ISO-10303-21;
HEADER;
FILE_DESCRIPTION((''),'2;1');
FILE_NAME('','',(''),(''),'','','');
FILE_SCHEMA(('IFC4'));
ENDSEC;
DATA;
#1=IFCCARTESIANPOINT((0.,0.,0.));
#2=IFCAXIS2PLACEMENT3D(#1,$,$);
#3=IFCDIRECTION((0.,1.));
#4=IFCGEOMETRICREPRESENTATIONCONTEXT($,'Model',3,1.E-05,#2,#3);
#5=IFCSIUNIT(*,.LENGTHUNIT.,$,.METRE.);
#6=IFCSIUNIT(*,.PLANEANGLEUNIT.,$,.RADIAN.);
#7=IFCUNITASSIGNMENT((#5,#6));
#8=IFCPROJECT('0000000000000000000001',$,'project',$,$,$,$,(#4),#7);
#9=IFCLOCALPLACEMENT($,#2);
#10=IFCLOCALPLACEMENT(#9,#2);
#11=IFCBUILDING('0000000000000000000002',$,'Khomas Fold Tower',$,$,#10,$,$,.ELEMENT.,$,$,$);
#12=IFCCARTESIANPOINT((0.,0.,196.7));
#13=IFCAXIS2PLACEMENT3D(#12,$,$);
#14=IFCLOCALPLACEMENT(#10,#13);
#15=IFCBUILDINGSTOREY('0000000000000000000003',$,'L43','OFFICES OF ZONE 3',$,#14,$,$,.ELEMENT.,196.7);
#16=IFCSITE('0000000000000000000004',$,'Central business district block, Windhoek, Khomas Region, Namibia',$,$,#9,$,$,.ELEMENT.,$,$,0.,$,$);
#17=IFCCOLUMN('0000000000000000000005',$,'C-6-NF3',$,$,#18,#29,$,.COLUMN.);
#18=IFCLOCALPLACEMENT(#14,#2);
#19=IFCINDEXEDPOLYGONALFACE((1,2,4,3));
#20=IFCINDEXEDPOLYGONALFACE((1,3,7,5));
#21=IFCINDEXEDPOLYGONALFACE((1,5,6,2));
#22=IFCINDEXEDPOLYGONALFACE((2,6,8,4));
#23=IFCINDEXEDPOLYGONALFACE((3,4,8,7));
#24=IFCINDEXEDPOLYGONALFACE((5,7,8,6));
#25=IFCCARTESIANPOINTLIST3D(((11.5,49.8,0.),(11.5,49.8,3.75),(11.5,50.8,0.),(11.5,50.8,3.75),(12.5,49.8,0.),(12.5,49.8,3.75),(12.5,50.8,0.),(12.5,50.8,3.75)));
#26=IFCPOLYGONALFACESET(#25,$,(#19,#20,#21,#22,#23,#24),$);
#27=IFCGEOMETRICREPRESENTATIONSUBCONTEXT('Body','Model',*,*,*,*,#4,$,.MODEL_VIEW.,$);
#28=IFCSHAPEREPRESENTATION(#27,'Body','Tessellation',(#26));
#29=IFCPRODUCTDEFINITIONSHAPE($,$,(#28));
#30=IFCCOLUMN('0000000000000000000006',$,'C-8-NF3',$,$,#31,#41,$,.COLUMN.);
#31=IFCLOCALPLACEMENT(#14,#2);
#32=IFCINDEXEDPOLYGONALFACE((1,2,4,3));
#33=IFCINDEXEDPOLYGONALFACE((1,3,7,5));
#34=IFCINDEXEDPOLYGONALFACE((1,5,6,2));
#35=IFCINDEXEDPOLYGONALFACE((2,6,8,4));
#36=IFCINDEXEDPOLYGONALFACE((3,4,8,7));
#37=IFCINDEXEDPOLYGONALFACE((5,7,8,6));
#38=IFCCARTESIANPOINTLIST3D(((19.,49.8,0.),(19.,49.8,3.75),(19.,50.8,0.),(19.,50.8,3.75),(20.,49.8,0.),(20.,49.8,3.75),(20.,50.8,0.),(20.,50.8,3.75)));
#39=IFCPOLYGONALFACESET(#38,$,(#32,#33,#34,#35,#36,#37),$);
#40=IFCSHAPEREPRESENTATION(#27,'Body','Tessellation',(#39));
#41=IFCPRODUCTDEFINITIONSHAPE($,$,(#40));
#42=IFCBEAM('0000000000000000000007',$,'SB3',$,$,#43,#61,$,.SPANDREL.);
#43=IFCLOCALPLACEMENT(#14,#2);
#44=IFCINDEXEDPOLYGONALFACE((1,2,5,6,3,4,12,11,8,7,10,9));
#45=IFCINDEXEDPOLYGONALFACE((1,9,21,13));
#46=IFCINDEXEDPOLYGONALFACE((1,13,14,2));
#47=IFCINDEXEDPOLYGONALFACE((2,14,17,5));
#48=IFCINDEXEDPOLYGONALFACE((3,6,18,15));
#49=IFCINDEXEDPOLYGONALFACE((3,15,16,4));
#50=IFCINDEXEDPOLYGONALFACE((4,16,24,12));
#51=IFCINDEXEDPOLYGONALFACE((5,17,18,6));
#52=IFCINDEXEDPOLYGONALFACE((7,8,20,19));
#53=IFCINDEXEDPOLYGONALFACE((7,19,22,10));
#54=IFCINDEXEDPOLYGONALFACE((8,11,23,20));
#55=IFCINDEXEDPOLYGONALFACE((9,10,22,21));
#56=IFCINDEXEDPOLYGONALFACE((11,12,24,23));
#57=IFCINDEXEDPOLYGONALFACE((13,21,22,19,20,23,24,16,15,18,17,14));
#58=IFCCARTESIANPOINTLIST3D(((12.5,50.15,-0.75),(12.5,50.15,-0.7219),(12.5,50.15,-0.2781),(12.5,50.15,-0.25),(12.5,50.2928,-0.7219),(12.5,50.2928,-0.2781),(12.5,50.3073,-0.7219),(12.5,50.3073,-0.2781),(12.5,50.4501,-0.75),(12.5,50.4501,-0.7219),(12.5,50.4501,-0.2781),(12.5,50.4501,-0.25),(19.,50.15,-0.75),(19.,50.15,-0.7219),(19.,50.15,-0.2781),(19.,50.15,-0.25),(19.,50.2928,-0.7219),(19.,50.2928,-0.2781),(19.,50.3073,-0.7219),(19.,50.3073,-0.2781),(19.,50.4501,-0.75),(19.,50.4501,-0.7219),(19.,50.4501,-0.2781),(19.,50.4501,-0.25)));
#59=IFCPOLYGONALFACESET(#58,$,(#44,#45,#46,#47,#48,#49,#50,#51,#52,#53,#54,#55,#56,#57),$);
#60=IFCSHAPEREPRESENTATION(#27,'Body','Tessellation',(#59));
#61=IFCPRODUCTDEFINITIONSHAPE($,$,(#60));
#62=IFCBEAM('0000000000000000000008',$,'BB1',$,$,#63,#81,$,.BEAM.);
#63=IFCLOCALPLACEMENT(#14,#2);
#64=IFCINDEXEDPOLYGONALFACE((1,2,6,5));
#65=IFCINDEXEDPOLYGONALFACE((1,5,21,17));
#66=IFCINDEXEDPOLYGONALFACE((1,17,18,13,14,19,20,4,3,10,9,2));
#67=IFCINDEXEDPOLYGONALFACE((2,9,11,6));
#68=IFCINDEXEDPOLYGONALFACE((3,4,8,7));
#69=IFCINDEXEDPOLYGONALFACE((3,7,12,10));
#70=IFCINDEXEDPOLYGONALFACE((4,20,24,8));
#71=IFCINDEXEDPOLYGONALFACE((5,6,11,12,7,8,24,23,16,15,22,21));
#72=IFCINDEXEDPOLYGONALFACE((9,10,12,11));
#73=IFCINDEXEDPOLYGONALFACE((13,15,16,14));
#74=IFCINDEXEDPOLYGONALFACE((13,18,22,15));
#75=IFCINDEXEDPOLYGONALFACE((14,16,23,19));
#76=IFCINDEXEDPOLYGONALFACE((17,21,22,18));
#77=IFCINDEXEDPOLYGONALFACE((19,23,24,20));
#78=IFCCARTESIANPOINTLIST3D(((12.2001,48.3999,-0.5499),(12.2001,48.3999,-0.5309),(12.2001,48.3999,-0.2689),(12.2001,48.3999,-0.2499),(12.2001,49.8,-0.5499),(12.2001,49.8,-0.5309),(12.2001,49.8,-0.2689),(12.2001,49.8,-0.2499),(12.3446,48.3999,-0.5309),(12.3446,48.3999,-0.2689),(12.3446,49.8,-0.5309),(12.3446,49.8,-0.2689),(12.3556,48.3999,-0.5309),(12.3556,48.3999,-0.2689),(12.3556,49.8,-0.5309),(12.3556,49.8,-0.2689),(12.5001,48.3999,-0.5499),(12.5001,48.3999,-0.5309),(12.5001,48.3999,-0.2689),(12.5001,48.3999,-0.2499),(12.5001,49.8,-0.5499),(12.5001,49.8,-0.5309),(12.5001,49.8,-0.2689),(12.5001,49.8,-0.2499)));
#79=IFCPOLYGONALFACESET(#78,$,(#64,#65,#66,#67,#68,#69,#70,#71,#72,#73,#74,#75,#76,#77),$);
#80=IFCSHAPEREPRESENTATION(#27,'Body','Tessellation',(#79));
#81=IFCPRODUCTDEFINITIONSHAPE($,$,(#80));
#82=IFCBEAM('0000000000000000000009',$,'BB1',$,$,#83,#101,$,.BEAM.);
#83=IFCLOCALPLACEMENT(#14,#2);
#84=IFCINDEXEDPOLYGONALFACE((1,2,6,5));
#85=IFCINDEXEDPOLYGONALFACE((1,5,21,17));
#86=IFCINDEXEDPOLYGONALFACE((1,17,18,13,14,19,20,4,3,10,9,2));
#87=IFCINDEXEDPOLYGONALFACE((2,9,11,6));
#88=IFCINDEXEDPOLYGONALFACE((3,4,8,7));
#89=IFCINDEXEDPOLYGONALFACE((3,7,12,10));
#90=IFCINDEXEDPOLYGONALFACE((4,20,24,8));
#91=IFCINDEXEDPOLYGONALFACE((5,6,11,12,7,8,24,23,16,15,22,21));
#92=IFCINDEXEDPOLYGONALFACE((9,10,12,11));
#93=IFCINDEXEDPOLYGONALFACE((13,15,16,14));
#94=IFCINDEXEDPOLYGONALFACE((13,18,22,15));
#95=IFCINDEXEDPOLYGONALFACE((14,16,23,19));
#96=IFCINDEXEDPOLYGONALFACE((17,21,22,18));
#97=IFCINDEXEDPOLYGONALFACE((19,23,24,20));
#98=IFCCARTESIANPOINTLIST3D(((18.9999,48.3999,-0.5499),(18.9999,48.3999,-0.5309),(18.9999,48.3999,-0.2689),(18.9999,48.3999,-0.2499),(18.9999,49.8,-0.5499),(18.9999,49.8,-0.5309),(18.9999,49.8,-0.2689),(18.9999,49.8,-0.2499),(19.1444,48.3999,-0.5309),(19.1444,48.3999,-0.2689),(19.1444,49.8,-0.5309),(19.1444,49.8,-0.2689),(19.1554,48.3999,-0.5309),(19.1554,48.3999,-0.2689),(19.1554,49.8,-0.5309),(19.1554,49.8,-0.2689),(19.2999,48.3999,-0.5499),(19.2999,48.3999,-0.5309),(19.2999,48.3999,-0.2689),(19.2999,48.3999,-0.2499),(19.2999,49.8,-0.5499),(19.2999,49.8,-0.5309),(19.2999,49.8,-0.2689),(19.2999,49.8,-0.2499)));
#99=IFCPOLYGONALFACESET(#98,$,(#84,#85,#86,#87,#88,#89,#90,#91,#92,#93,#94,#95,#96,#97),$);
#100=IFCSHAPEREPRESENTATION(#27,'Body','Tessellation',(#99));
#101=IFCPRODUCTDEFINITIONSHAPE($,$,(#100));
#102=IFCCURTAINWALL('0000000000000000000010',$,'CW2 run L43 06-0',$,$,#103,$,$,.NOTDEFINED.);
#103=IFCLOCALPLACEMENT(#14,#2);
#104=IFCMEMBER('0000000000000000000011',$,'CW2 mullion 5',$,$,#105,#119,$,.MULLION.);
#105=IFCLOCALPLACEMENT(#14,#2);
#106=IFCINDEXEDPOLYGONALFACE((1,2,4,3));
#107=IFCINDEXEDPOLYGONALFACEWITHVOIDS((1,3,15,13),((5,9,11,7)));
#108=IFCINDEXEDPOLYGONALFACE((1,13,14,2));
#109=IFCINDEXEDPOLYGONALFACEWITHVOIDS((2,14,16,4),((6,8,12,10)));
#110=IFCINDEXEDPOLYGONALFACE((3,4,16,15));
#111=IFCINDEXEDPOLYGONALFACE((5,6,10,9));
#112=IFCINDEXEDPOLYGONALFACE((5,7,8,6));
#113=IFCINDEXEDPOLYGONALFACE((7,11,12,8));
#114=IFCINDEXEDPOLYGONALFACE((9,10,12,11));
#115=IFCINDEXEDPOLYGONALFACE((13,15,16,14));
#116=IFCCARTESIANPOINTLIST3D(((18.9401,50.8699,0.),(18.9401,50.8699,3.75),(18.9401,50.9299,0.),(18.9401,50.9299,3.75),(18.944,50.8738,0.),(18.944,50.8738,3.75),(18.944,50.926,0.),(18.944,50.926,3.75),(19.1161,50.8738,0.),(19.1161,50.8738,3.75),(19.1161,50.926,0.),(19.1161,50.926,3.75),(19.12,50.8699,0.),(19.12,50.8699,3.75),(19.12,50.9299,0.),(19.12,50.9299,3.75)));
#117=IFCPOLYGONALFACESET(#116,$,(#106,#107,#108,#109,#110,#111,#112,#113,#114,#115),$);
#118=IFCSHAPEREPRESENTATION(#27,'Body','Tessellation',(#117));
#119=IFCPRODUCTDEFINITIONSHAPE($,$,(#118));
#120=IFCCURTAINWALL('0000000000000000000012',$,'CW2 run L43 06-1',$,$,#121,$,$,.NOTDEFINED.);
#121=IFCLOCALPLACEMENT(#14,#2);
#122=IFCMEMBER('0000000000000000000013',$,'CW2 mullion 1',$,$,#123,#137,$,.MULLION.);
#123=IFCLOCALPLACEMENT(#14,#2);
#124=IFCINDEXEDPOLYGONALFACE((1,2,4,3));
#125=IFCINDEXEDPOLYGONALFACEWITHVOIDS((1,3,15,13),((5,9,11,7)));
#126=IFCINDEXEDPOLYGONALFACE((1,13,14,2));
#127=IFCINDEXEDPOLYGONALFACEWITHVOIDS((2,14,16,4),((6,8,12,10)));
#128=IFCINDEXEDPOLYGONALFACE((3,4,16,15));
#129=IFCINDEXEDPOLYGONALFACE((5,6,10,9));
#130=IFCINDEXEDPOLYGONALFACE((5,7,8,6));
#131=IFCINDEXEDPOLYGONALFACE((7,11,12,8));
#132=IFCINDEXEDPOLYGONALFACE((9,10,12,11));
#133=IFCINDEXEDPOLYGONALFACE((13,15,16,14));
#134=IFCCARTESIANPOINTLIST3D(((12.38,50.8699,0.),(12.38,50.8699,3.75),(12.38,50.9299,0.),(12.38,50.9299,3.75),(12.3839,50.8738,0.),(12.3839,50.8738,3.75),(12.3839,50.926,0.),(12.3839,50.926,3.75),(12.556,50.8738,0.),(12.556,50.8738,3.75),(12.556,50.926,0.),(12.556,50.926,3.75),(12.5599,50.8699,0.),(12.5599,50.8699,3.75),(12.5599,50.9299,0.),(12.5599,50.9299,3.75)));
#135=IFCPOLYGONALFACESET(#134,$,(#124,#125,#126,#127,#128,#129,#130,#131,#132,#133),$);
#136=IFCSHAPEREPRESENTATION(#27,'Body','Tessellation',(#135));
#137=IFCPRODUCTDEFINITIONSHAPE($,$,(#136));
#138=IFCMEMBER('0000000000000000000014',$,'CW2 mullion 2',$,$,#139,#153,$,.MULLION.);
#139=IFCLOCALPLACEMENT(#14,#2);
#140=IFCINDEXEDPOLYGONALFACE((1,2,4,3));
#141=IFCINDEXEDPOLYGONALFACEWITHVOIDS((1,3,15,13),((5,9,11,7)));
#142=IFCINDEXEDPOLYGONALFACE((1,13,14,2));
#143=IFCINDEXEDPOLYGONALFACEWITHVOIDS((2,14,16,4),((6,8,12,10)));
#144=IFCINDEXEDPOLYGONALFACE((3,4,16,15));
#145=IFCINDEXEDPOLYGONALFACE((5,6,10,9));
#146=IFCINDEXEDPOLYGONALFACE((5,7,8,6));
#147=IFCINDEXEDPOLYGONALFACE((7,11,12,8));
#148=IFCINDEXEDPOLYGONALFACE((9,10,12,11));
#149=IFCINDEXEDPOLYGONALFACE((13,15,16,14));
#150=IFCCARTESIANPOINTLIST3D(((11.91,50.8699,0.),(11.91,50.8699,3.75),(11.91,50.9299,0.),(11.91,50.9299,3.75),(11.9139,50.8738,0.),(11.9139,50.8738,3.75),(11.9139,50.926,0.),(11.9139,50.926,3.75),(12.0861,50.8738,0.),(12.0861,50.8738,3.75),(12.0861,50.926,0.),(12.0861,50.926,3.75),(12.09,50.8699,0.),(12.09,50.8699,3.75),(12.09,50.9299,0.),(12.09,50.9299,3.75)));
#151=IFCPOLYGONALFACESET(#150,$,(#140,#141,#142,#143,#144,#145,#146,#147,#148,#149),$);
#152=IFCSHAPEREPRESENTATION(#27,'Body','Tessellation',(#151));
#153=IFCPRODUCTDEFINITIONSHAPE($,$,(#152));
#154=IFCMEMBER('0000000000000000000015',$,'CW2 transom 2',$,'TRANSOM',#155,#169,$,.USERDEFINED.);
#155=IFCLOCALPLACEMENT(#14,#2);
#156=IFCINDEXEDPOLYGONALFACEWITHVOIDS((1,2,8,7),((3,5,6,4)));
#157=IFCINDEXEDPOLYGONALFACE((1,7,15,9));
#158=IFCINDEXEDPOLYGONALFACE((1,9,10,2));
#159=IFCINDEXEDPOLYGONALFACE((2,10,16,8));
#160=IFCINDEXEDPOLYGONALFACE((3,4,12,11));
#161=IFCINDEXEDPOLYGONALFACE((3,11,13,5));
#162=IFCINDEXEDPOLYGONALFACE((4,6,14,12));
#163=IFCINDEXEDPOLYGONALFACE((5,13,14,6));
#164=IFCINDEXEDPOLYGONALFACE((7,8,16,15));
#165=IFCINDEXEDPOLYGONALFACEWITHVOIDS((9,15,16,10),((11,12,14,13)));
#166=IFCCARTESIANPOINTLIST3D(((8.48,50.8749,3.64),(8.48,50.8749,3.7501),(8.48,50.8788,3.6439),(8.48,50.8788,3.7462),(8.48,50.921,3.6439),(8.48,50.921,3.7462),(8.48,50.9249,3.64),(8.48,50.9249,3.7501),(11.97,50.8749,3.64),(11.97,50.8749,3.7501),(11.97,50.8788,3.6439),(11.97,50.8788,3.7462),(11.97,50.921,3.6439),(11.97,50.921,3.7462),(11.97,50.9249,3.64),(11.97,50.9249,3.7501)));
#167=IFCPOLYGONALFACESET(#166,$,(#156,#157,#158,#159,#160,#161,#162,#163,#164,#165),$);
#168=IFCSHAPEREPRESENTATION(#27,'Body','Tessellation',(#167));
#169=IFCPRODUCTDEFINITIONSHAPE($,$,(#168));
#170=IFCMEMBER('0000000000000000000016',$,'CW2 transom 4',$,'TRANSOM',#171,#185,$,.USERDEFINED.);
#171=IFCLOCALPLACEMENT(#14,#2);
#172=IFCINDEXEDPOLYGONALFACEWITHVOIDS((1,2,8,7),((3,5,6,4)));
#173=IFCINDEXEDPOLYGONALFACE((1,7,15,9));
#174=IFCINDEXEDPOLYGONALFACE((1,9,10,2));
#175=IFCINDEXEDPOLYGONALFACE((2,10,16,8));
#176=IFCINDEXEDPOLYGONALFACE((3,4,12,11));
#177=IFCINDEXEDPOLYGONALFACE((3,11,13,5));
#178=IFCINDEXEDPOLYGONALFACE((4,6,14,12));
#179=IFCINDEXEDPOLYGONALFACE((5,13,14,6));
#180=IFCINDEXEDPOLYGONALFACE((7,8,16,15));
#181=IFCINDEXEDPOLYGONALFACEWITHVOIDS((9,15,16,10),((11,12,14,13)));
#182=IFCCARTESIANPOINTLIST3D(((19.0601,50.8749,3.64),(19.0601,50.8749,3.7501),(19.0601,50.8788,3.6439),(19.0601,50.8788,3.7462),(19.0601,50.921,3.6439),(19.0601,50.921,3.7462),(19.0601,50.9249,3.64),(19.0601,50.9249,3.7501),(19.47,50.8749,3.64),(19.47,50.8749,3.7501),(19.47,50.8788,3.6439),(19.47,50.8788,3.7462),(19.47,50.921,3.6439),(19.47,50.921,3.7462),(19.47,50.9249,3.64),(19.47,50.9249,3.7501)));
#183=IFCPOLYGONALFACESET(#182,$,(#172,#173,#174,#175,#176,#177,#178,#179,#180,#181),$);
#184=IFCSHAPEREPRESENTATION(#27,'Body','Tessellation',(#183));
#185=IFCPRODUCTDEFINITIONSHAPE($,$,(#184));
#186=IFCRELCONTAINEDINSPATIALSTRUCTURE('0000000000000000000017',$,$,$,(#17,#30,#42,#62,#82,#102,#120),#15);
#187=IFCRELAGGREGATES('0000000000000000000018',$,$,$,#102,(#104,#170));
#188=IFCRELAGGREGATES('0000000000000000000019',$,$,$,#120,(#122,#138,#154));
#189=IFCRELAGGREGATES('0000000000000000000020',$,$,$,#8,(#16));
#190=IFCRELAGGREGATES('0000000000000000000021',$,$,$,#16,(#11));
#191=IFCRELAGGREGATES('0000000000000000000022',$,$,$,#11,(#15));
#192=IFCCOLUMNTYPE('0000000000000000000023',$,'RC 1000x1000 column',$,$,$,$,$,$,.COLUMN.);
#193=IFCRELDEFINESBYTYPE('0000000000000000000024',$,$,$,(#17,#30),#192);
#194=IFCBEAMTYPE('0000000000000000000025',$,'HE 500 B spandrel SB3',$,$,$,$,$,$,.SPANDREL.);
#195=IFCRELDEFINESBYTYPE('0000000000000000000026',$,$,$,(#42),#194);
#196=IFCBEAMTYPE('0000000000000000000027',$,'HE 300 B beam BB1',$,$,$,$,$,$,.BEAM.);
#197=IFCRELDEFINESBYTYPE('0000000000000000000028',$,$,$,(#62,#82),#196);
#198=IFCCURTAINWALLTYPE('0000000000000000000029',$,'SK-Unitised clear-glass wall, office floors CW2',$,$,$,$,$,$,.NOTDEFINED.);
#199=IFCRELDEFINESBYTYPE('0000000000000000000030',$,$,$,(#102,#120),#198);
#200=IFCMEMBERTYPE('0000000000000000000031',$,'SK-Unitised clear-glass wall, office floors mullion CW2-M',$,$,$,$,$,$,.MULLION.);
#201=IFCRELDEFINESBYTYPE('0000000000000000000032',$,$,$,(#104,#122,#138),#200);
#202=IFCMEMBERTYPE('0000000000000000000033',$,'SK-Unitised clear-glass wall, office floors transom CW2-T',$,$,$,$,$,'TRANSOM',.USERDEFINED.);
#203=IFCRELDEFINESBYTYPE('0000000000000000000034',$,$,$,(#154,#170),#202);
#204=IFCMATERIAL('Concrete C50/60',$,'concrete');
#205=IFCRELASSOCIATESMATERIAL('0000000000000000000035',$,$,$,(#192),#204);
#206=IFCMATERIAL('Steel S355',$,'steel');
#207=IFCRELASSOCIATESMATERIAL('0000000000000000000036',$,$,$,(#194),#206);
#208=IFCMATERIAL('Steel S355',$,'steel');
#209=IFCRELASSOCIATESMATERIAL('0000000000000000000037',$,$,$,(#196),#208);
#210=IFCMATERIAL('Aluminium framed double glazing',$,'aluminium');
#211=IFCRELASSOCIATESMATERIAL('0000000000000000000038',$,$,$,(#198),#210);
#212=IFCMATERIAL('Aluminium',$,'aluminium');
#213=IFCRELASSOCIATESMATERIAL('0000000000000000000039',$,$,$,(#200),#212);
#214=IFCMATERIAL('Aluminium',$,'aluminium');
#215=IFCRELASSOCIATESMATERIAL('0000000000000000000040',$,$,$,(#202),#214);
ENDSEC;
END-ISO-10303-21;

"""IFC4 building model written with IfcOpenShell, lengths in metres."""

from ifc_helpers import new_model, si_unit, direction, frame, origin, origin_2d, place, context, subcontext, project, spatial, rectangle, hollow_rectangle, i_section, extrude, source, transform, mapped, material, material_profile, profile_set, type_object, element, aggregate, save


model = new_model("IFC4")

# Units and contexts
model_context = context("Model", 3, precision=1e-05, world=origin(), true_north=direction((0.0, 1.0)))
body_context = subcontext(model_context, "Body", "Model", "MODEL_VIEW")
ifc_project = project(units=[si_unit("LENGTHUNIT", "METRE"), si_unit("PLANEANGLEUNIT", "RADIAN")], contexts=[model_context])

# Site, building, storey
site_placement = place(None, origin())
site = spatial("IfcSite", under=ifc_project, at=site_placement, Name="Central business district block, Windhoek, Khomas Region, Namibia", CompositionType="ELEMENT", RefElevation=0.0)
building_placement = place(site_placement, origin())
building = spatial("IfcBuilding", under=site, at=building_placement, Name="Khomas Fold Tower", CompositionType="ELEMENT")
storey_placement = place(building_placement, frame((0.0, 0.0, 196.7)))
storey = spatial("IfcBuildingStorey", under=building, at=storey_placement, Name="L43", Description="OFFICES OF ZONE 3", CompositionType="ELEMENT", Elevation=196.7)

# Columns
ifc_material_1 = material(Name="Concrete C50/60", Category="concrete")
ifc_material_profile_1 = material_profile(ifc_material_1, rectangle(XDim=1.0, YDim=1.0, at=origin_2d()), Name="RC 1000x1000")
ifc_profile_set_1 = profile_set([ifc_material_profile_1], Name="Concrete C50/60")
column_type = type_object("IfcColumnType", Name="RC 1000x1000 column", PredefinedType="COLUMN", material=ifc_profile_set_1)
shared_shape_1 = source(origin(), body_context, "Body", "SweptSolid", [
    extrude(rectangle(XDim=1.0, YDim=1.0, at=origin_2d()), origin(), (0.0, 0.0, 1.0), 3.75),
])
for number, where, z_axis, x_axis, name in (
    (1, (12.0, 50.3, 0.0), (0.0, 0.0, 1.0), (1.0, 0.0, 0.0), "C-6-NF3"),
    (2, (19.5, 50.3, 0.0), (0.0, 0.0, 1.0), (1.0, 0.0, 0.0), "C-8-NF3"),
):
    element("IfcColumn", number, at=place(storey_placement, frame(where, z_axis=z_axis, x_axis=x_axis)), inside=storey, type_object=column_type, Name=name, PredefinedType="COLUMN", context=body_context, shape_type="MappedRepresentation", body=[
        mapped(shared_shape_1, transform((0.0, 0.0, 0.0))),
    ])

# Beams
ifc_material_2 = material(Name="Steel S355", Category="steel")
ifc_material_profile_2 = material_profile(ifc_material_2, i_section(OverallWidth=0.3, OverallDepth=0.5, WebThickness=0.0144, FlangeThickness=0.0281, at=origin_2d()), Name="HE 500 B")
ifc_profile_set_2 = profile_set([ifc_material_profile_2], Name="Steel S355")
beam_type_1 = type_object("IfcBeamType", Name="HE 500 B spandrel SB3", PredefinedType="SPANDREL", material=ifc_profile_set_2)
shared_shape_2 = source(origin(), body_context, "Body", "SweptSolid", [
    extrude(i_section(OverallWidth=0.3, OverallDepth=0.5, WebThickness=0.0144, FlangeThickness=0.0281, at=origin_2d()), origin(), (0.0, 0.0, 1.0), 6.5),
])
beam_placement = place(storey_placement, frame((12.5, 50.3, -0.5), z_axis=(1.0, 0.0, 0.0), x_axis=(0.0, 1.0, 0.0)))
element("IfcBeam", 3, at=beam_placement, inside=storey, type_object=beam_type_1, Name="SB3", PredefinedType="SPANDREL", context=body_context, shape_type="MappedRepresentation", body=[
    mapped(shared_shape_2, transform((0.0, 0.0, 0.0))),
])
ifc_material_3 = material(Name="Steel S355", Category="steel")
ifc_material_profile_3 = material_profile(ifc_material_3, i_section(OverallWidth=0.3, OverallDepth=0.3, WebThickness=0.011, FlangeThickness=0.019, at=origin_2d()), Name="HE 300 B")
ifc_profile_set_3 = profile_set([ifc_material_profile_3], Name="Steel S355")
beam_type_2 = type_object("IfcBeamType", Name="HE 300 B beam BB1", PredefinedType="BEAM", material=ifc_profile_set_3)
shared_shape_3 = source(origin(), body_context, "Body", "SweptSolid", [
    extrude(i_section(OverallWidth=0.3, OverallDepth=0.3, WebThickness=0.011, FlangeThickness=0.019, at=origin_2d()), origin(), (0.0, 0.0, 1.0), 1.4001),
])
for number, where, z_axis, x_axis, name in (
    (4, (12.3501, 48.3999, -0.3999), (0.0, 1.0, 0.0), (-1.0, 0.0, 0.0), "BB1"),
    (5, (19.1499, 48.3999, -0.3999), (0.0, 1.0, 0.0), (-1.0, 0.0, 0.0), "BB1"),
):
    element("IfcBeam", number, at=place(storey_placement, frame(where, z_axis=z_axis, x_axis=x_axis)), inside=storey, type_object=beam_type_2, Name=name, PredefinedType="BEAM", context=body_context, shape_type="MappedRepresentation", body=[
        mapped(shared_shape_3, transform((0.0, 0.0, 0.0))),
    ])

# Curtain wall, member
ifc_material_4 = material(Name="Aluminium framed double glazing", Category="aluminium")
curtain_wall_type = type_object("IfcCurtainWallType", Name="SK-Unitised clear-glass wall, office floors CW2", PredefinedType="NOTDEFINED", material=ifc_material_4)
curtain_wall_1_placement = place(storey_placement, origin())
curtain_wall_1 = element("IfcCurtainWall", 6, at=curtain_wall_1_placement, inside=storey, type_object=curtain_wall_type, Name="CW2 run L43 06-0", PredefinedType="NOTDEFINED")
ifc_material_5 = material(Name="Aluminium", Category="aluminium")
ifc_material_profile_4 = material_profile(ifc_material_5, hollow_rectangle(XDim=0.0601, YDim=0.1799, WallThickness=0.0039, at=origin_2d()), Name="SK-Unitised clear-glass wall, office floors mullion CW2-M")
ifc_profile_set_4 = profile_set([ifc_material_profile_4], Name="Aluminium")
member_type_1 = type_object("IfcMemberType", Name="SK-Unitised clear-glass wall, office floors mullion CW2-M", PredefinedType="MULLION", material=ifc_profile_set_4)
shared_shape_4 = source(origin(), body_context, "Body", "SweptSolid", [
    extrude(hollow_rectangle(XDim=0.0601, YDim=0.1799, WallThickness=0.0039, at=origin_2d()), origin(), (0.0, 0.0, 1.0), 3.75),
])
member_1_placement = place(storey_placement, frame((19.03, 50.8999, 0.0), z_axis=(0.0, 0.0, 1.0), x_axis=(0.0, -1.0, 0.0)))
member_1 = element("IfcMember", 7, at=member_1_placement, type_object=member_type_1, Name="CW2 mullion 5", PredefinedType="MULLION", context=body_context, shape_type="MappedRepresentation", body=[
    mapped(shared_shape_4, transform((0.0, 0.0, 0.0))),
])

# Curtain wall, members
curtain_wall_2_placement = place(storey_placement, origin())
curtain_wall_2 = element("IfcCurtainWall", 8, at=curtain_wall_2_placement, inside=storey, type_object=curtain_wall_type, Name="CW2 run L43 06-1", PredefinedType="NOTDEFINED")
member_2_placement = place(storey_placement, frame((12.47, 50.8999, 0.0), z_axis=(0.0, 0.0, 1.0), x_axis=(0.0, -1.0, 0.0)))
member_2 = element("IfcMember", 9, at=member_2_placement, type_object=member_type_1, Name="CW2 mullion 1", PredefinedType="MULLION", context=body_context, shape_type="MappedRepresentation", body=[
    mapped(shared_shape_4, transform((0.0, 0.0, 0.0))),
])
member_3_placement = place(storey_placement, frame((12.0, 50.8999, 0.0), z_axis=(0.0, 0.0, 1.0), x_axis=(0.0, -1.0, 0.0)))
member_3 = element("IfcMember", 10, at=member_3_placement, type_object=member_type_1, Name="CW2 mullion 2", PredefinedType="MULLION", context=body_context, shape_type="MappedRepresentation", body=[
    mapped(shared_shape_4, transform((0.0, 0.0, 0.0))),
])
ifc_material_6 = material(Name="Aluminium", Category="aluminium")
ifc_material_profile_5 = material_profile(ifc_material_6, hollow_rectangle(XDim=0.05, YDim=0.1101, WallThickness=0.0039, at=origin_2d()), Name="SK-Unitised clear-glass wall, office floors transom CW2-T")
ifc_profile_set_5 = profile_set([ifc_material_profile_5], Name="Aluminium")
member_type_2 = type_object("IfcMemberType", Name="SK-Unitised clear-glass wall, office floors transom CW2-T", ElementType="TRANSOM", PredefinedType="USERDEFINED", material=ifc_profile_set_5)
shared_shape_5 = source(origin(), body_context, "Body", "SweptSolid", [
    extrude(hollow_rectangle(XDim=0.05, YDim=0.1101, WallThickness=0.0039, at=origin_2d()), origin(), (0.0, 0.0, 1.0), 3.49),
])
member_4_placement = place(storey_placement, frame((11.97, 50.8999, 3.6951), z_axis=(-1.0, 0.0, 0.0), x_axis=(0.0, -1.0, 0.0)))
member_4 = element("IfcMember", 11, at=member_4_placement, type_object=member_type_2, Name="CW2 transom 2", ObjectType="TRANSOM", PredefinedType="USERDEFINED", context=body_context, shape_type="MappedRepresentation", body=[
    mapped(shared_shape_5, transform((0.0, 0.0, 0.0))),
])

# Member
shared_shape_6 = source(origin(), body_context, "Body", "SweptSolid", [
    extrude(hollow_rectangle(XDim=0.05, YDim=0.1101, WallThickness=0.0039, at=origin_2d()), origin(), (0.0, 0.0, 1.0), 0.4099),
])
member_5_placement = place(storey_placement, frame((19.47, 50.8999, 3.6951), z_axis=(-1.0, 0.0, 0.0), x_axis=(0.0, -1.0, 0.0)))
member_5 = element("IfcMember", 12, at=member_5_placement, type_object=member_type_2, Name="CW2 transom 4", ObjectType="TRANSOM", PredefinedType="USERDEFINED", context=body_context, shape_type="MappedRepresentation", body=[
    mapped(shared_shape_6, transform((0.0, 0.0, 0.0))),
])

aggregate(curtain_wall_1, [member_1, member_5])
aggregate(curtain_wall_2, [member_2, member_3, member_4])

save(model, "model.ifc")
